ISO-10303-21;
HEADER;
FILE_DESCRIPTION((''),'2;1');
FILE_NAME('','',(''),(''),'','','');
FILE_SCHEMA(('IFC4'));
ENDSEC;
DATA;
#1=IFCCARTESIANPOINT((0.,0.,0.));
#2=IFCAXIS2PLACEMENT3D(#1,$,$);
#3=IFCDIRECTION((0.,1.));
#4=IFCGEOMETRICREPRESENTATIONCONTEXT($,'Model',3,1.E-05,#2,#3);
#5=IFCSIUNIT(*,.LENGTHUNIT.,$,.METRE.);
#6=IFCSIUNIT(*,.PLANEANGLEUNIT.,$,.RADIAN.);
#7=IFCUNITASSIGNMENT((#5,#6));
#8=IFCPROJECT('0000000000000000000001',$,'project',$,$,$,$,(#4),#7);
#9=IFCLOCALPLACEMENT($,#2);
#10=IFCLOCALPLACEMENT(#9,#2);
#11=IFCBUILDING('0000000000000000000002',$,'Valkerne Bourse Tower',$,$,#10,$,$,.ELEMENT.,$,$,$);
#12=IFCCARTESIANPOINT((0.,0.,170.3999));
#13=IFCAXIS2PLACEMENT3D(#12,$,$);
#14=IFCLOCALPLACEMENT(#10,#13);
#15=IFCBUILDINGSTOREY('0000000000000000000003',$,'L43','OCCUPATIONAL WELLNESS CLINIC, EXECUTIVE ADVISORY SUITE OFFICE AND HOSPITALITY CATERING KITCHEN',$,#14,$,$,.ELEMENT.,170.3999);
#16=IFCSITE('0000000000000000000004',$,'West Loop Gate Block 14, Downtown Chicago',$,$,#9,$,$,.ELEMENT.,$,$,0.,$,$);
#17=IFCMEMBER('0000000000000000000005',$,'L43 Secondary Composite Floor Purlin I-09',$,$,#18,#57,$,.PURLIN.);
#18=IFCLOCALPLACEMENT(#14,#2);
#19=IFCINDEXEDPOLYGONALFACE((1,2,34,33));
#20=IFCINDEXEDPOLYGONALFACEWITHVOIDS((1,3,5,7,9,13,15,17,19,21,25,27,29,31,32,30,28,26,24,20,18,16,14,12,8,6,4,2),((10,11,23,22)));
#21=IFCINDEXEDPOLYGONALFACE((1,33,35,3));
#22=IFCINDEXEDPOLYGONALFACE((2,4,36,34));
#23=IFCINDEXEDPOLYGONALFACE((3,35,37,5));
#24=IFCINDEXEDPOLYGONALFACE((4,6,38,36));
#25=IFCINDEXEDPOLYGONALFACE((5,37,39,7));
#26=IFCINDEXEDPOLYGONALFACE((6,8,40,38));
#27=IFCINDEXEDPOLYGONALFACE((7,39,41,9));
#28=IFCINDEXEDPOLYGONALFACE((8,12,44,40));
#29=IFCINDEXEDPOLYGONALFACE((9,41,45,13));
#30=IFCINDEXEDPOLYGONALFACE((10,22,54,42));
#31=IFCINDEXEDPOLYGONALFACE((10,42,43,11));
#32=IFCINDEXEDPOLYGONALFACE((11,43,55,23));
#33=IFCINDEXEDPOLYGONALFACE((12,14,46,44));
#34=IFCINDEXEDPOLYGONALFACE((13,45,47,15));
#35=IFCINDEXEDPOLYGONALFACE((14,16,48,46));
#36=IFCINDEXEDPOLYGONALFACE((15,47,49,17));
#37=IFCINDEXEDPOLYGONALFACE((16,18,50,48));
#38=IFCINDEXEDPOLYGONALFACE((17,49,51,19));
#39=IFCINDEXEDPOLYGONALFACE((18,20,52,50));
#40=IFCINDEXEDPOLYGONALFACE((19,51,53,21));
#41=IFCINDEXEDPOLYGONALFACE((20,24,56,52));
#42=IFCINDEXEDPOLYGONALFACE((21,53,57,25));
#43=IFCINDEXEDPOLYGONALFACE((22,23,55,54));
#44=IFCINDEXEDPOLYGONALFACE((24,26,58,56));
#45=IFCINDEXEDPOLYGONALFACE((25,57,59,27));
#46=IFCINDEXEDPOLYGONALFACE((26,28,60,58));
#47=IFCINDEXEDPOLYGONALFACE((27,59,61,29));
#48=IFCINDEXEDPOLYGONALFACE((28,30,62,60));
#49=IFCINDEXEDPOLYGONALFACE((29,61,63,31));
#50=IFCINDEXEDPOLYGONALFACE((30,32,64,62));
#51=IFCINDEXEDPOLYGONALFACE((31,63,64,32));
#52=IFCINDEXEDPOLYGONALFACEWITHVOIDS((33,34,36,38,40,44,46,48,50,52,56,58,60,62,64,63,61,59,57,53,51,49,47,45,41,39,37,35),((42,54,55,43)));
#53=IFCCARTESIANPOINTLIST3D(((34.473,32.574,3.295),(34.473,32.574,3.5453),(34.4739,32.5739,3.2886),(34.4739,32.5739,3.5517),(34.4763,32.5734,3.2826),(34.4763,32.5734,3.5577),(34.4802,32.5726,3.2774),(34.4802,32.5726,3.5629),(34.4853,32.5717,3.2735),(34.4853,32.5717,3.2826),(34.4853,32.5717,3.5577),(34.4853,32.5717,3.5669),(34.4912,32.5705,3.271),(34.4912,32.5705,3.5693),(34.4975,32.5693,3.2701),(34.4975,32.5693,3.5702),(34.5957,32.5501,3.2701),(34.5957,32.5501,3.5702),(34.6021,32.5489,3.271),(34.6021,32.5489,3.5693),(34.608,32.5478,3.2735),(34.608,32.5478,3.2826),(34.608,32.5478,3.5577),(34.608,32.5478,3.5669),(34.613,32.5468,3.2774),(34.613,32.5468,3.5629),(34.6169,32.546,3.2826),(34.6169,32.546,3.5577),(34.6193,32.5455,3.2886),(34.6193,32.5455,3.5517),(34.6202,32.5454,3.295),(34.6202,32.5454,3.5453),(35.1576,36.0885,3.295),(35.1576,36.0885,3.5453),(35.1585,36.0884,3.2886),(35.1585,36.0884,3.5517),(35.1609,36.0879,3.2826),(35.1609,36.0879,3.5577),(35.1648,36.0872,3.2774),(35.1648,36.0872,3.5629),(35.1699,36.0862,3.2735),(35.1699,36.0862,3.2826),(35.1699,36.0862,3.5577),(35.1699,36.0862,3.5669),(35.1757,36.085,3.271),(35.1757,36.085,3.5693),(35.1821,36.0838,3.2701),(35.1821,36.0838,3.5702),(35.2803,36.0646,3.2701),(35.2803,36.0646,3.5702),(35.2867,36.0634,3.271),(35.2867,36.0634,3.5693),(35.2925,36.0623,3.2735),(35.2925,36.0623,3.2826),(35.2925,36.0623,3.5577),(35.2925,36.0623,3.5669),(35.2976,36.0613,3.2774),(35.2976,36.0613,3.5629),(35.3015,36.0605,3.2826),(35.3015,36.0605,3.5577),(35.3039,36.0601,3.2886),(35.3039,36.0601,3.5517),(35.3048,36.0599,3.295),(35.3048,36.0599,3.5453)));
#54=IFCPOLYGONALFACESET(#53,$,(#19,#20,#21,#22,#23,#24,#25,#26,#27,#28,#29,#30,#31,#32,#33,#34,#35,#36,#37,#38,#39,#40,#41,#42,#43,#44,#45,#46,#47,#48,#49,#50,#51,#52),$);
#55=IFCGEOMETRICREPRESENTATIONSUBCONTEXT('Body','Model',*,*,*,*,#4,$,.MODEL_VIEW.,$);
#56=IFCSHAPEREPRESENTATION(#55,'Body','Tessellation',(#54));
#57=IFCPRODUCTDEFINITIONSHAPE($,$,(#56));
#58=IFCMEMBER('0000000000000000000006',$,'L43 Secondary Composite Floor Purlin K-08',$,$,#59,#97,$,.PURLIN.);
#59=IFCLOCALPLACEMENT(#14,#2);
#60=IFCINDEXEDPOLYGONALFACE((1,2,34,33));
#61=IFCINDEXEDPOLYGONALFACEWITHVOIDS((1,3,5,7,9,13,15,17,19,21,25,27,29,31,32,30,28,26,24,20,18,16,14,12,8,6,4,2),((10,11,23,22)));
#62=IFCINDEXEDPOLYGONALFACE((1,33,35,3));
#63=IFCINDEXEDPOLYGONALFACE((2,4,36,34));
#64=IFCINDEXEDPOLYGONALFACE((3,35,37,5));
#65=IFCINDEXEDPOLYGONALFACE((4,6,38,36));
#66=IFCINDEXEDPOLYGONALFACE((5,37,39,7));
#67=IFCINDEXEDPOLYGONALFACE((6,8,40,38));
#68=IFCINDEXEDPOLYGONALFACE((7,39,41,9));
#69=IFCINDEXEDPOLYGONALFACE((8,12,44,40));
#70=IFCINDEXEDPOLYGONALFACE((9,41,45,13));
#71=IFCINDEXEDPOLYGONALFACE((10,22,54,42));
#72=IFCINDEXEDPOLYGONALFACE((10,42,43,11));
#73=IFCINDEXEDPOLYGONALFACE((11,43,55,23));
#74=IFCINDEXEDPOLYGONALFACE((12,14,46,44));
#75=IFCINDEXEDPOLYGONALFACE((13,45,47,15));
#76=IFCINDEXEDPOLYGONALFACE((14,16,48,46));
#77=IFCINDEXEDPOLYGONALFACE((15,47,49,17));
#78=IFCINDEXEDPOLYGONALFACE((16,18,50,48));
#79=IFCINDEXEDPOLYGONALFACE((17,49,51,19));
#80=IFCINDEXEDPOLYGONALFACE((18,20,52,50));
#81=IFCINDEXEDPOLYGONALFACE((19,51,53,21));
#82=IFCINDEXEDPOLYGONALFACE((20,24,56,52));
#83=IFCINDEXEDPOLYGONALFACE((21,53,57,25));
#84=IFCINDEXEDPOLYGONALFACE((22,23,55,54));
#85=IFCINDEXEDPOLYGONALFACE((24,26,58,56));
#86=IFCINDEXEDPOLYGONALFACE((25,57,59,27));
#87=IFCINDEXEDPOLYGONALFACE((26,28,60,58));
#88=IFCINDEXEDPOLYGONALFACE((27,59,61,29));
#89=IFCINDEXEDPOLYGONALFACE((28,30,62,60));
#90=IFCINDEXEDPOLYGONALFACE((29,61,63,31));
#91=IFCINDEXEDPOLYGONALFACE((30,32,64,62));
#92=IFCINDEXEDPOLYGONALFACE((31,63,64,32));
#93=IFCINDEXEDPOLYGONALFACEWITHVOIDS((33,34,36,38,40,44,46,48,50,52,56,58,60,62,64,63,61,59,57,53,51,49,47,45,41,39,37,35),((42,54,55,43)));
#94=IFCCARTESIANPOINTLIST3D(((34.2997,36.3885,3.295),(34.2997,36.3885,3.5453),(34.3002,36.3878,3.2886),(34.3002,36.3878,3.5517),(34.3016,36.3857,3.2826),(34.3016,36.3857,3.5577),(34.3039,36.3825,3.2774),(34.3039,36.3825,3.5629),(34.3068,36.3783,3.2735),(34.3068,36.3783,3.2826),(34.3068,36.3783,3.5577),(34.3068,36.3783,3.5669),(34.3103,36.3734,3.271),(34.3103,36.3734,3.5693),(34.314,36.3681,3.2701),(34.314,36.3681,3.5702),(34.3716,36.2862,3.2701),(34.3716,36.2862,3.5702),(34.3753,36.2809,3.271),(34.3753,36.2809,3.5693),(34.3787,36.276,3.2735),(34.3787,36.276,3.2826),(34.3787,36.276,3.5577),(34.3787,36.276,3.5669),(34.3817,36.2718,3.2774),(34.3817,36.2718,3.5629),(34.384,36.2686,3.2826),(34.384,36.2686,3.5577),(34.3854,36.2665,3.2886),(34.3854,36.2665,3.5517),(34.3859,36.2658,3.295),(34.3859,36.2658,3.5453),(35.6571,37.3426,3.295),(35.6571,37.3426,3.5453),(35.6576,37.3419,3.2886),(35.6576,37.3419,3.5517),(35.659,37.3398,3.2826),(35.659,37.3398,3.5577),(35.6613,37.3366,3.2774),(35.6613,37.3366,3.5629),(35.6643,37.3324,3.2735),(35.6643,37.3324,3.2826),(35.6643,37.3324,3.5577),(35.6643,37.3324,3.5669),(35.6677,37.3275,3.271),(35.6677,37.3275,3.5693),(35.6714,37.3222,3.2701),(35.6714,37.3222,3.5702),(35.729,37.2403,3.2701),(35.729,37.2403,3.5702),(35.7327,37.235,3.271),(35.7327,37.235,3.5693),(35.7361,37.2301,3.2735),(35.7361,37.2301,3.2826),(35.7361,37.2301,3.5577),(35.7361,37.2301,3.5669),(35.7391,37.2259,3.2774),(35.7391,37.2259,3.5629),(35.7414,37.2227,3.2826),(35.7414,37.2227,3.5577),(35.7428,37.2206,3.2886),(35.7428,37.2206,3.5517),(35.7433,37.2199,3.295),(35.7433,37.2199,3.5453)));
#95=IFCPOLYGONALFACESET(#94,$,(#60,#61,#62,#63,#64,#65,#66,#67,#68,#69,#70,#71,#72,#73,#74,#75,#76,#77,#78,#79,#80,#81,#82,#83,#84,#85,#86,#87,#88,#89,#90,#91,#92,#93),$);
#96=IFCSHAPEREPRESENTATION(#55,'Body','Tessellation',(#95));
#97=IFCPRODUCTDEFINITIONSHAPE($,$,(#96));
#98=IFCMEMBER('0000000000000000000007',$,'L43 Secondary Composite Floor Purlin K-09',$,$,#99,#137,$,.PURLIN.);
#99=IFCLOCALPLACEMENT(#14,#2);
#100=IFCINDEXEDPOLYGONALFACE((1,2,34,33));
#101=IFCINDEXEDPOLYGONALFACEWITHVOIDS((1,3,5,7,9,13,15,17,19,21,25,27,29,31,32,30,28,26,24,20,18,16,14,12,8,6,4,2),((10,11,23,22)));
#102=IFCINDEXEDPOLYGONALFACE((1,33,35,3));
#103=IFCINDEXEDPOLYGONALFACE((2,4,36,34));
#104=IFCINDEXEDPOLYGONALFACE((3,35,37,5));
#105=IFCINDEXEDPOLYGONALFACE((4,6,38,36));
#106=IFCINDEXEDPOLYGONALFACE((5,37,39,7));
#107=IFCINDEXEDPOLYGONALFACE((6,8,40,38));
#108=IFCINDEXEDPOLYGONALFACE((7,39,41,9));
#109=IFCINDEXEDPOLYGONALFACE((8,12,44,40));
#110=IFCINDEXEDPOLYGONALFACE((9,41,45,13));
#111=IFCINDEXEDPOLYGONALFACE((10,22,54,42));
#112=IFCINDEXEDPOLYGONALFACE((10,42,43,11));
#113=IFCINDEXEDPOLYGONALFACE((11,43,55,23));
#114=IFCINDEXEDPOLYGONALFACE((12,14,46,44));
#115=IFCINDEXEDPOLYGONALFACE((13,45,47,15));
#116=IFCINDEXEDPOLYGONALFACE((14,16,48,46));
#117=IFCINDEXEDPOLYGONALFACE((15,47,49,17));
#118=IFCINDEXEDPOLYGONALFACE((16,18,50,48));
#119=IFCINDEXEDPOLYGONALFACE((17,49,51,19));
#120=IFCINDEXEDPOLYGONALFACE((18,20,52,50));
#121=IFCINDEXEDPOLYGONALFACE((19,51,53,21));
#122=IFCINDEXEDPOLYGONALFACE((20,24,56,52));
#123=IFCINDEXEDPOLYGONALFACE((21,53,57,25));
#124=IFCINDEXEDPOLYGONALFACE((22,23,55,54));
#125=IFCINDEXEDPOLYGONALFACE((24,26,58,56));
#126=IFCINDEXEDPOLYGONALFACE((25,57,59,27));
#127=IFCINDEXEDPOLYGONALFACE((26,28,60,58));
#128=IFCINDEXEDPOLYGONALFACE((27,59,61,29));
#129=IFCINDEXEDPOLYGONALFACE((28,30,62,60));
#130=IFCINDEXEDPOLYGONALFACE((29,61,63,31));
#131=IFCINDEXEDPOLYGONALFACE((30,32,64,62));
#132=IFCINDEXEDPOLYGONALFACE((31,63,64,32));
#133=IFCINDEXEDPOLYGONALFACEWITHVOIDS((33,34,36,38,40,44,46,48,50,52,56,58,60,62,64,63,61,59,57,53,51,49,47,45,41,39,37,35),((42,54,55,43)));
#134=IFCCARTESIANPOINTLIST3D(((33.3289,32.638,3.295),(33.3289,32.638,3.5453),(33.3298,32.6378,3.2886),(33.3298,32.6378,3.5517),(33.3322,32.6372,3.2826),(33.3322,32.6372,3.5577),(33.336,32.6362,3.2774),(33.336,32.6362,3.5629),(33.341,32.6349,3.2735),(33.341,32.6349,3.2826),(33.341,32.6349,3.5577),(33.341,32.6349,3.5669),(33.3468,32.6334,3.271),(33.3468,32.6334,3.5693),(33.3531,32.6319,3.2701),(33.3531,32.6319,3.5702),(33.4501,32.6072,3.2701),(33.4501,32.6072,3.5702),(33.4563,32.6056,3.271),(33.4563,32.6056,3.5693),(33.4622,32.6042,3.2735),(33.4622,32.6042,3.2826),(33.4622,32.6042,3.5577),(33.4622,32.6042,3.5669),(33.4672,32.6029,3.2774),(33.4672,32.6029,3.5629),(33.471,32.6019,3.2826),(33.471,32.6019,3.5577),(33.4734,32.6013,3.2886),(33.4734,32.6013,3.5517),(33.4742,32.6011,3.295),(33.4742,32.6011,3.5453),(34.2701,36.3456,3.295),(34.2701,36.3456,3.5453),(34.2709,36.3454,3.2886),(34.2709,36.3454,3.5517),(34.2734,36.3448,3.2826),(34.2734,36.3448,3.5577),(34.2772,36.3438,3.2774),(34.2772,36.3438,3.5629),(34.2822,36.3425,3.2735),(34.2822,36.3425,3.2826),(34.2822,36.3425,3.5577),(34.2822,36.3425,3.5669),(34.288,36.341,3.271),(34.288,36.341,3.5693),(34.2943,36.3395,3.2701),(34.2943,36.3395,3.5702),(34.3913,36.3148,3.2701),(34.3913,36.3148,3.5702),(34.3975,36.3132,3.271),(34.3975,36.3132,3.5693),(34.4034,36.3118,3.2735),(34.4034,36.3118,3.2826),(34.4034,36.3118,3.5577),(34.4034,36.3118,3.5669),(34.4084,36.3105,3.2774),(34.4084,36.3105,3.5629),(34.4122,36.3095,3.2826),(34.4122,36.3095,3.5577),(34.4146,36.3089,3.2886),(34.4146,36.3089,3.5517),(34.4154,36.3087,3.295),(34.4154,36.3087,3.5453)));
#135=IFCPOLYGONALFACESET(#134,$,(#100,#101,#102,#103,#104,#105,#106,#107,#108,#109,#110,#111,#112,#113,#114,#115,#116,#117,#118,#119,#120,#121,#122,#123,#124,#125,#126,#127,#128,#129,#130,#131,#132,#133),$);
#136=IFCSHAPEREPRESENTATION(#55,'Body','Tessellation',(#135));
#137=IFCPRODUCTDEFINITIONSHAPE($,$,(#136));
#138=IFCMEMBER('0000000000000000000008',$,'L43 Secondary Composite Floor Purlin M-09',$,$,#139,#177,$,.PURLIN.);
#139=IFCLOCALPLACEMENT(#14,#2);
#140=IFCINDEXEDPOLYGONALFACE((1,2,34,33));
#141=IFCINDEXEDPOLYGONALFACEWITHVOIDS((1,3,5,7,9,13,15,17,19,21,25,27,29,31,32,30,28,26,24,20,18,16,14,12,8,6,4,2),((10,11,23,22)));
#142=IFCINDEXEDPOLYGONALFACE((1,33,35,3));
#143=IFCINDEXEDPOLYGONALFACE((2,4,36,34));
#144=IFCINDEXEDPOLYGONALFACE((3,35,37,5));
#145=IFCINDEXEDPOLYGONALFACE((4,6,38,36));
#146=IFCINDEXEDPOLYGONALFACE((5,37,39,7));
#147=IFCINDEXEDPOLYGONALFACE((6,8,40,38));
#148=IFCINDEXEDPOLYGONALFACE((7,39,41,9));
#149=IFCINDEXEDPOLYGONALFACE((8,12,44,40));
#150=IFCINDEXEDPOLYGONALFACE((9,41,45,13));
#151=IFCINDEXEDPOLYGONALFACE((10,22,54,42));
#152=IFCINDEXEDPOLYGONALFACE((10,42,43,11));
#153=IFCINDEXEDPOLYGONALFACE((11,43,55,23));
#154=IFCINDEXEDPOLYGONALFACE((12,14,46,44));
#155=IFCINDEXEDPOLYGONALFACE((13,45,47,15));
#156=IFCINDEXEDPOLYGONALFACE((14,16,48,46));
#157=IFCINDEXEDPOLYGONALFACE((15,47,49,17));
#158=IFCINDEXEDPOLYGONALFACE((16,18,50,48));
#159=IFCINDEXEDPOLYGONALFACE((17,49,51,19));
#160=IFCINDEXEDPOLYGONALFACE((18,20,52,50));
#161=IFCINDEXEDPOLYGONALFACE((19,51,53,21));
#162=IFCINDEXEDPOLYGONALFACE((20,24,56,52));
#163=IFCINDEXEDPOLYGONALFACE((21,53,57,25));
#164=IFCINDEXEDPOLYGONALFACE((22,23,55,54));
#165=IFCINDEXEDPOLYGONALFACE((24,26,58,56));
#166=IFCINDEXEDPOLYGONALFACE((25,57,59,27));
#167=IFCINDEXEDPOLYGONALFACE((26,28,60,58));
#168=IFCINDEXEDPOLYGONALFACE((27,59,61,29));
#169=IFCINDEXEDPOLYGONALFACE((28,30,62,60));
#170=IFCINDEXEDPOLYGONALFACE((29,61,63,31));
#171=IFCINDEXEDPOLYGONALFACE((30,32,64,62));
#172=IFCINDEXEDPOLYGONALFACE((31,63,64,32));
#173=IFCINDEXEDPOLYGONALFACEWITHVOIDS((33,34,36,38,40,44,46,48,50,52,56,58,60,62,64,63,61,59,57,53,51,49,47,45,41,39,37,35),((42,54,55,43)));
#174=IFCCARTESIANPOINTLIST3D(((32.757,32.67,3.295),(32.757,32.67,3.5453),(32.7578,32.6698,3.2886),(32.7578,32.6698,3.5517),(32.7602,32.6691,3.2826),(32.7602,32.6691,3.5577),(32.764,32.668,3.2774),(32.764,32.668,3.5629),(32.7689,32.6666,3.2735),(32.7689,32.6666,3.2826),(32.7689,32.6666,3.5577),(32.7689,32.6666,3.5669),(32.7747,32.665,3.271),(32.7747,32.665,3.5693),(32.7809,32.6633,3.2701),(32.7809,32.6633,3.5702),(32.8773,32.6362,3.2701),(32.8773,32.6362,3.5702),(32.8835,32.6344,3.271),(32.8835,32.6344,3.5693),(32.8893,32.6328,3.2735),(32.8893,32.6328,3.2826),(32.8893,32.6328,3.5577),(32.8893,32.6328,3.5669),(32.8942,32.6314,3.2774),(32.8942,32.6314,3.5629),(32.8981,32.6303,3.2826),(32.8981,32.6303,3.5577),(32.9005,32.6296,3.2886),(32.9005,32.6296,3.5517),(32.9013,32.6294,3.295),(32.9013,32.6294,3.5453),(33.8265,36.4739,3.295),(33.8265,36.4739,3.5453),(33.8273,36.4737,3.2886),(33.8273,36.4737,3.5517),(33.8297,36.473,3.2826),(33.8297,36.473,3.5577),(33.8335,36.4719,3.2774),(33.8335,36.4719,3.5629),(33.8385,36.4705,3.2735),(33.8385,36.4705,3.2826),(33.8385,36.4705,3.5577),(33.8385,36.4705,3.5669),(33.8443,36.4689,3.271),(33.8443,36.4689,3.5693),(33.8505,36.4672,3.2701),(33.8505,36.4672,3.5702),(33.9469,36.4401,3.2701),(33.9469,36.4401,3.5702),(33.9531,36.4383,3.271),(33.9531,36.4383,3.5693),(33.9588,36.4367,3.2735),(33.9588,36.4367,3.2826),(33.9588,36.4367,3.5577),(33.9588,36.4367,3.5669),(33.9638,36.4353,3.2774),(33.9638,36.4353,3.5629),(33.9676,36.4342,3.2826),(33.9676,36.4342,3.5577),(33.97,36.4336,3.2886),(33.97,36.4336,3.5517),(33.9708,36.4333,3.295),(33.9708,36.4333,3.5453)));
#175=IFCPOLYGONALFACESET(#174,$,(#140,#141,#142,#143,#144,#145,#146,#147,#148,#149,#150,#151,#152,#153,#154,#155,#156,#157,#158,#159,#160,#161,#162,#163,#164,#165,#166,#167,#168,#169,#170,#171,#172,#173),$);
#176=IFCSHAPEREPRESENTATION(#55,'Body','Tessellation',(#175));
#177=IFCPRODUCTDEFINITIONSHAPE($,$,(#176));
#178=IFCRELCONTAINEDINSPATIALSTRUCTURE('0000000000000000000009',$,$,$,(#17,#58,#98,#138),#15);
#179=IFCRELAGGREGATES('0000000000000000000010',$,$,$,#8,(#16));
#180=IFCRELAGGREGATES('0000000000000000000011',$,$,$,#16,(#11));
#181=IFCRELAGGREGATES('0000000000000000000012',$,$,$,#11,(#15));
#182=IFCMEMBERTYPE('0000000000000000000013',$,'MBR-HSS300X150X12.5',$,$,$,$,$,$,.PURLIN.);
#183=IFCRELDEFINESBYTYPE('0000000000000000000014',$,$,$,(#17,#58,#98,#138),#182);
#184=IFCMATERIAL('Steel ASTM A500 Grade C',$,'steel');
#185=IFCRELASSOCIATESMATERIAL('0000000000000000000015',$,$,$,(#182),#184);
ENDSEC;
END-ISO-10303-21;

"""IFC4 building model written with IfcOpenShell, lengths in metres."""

from ifc_helpers import new_model, si_unit, direction, frame, origin, origin_2d, place, context, subcontext, project, spatial, hollow_rectangle, extrude, material, material_profile, profile_set, type_object, element, save


model = new_model("IFC4")

# Units and contexts
model_context = context("Model", 3, precision=1e-05, world=origin(), true_north=direction((0.0, 1.0)))
body_context = subcontext(model_context, "Body", "Model", "MODEL_VIEW")
ifc_project = project(units=[si_unit("LENGTHUNIT", "METRE"), si_unit("PLANEANGLEUNIT", "RADIAN")], contexts=[model_context])

# Site, building, storey
site_placement = place(None, origin())
site = spatial("IfcSite", under=ifc_project, at=site_placement, Name="West Loop Gate Block 14, Downtown Chicago", CompositionType="ELEMENT", RefElevation=0.0)
building_placement = place(site_placement, origin())
building = spatial("IfcBuilding", under=site, at=building_placement, Name="Valkerne Bourse Tower", CompositionType="ELEMENT")
storey_placement = place(building_placement, frame((0.0, 0.0, 170.3999)))
storey = spatial("IfcBuildingStorey", under=building, at=storey_placement, Name="L43", Description="OCCUPATIONAL WELLNESS CLINIC, EXECUTIVE ADVISORY SUITE OFFICE AND HOSPITALITY CATERING KITCHEN", CompositionType="ELEMENT", Elevation=170.3999)

# Members
ifc_material_1 = material(Name="Steel ASTM A500 Grade C", Category="steel")
ifc_material_profile_1 = material_profile(ifc_material_1, hollow_rectangle(XDim=0.1499, YDim=0.3, WallThickness=0.0125, OuterFilletRadius=0.0249, at=origin_2d()), Name="HSS300X150X12.5")
ifc_profile_set_1 = profile_set([ifc_material_profile_1], Name="Steel ASTM A500 Grade C")
member_type_1 = type_object("IfcMemberType", Name="MBR-HSS300X150X12.5", PredefinedType="PURLIN", material=ifc_profile_set_1)
member_1_placement = place(storey_placement, frame((35.2312, 36.0742, 3.4202), z_axis=(-0.191196, -0.981552, 0.0), x_axis=(0.981552, -0.191196, 0.0)))
element("IfcMember", 1, at=member_1_placement, inside=storey, type_object=member_type_1, Name="L43 Secondary Composite Floor Purlin I-09", PredefinedType="PURLIN", context=body_context, shape_type="SweptSolid", body=[
    extrude(hollow_rectangle(XDim=0.1499, YDim=0.3, WallThickness=0.0125, OuterFilletRadius=0.0249, at=origin_2d()), origin(), (0.0, 0.0, 1.0), 3.5806),
])
member_2_placement = place(storey_placement, frame((35.7002, 37.2812, 3.4202), z_axis=(-0.818124, -0.575041, 0.0), x_axis=(0.575041, -0.818124, 0.0)))
element("IfcMember", 2, at=member_2_placement, inside=storey, type_object=member_type_1, Name="L43 Secondary Composite Floor Purlin K-08", PredefinedType="PURLIN", context=body_context, shape_type="SweptSolid", body=[
    extrude(hollow_rectangle(XDim=0.1499, YDim=0.3, WallThickness=0.0125, OuterFilletRadius=0.0249, at=origin_2d()), origin(), (0.0, 0.0, 1.0), 1.6592),
])
member_3_placement = place(storey_placement, frame((34.3428, 36.3271, 3.4202), z_axis=(-0.246048, -0.969258, 0.0), x_axis=(0.969258, -0.246048, 0.0)))
element("IfcMember", 3, at=member_3_placement, inside=storey, type_object=member_type_1, Name="L43 Secondary Composite Floor Purlin K-09", PredefinedType="PURLIN", context=body_context, shape_type="SweptSolid", body=[
    extrude(hollow_rectangle(XDim=0.1499, YDim=0.3, WallThickness=0.0125, OuterFilletRadius=0.0249, at=origin_2d()), origin(), (0.0, 0.0, 1.0), 3.8252),
])
member_4_placement = place(storey_placement, frame((33.8987, 36.4536, 3.4202), z_axis=(-0.270679, -0.96267, 0.0), x_axis=(0.96267, -0.270679, 0.0)))
element("IfcMember", 4, at=member_4_placement, inside=storey, type_object=member_type_1, Name="L43 Secondary Composite Floor Purlin M-09", PredefinedType="PURLIN", context=body_context, shape_type="SweptSolid", body=[
    extrude(hollow_rectangle(XDim=0.1499, YDim=0.3, WallThickness=0.0125, OuterFilletRadius=0.0249, at=origin_2d()), origin(), (0.0, 0.0, 1.0), 3.9514),
])

save(model, "model.ifc")
